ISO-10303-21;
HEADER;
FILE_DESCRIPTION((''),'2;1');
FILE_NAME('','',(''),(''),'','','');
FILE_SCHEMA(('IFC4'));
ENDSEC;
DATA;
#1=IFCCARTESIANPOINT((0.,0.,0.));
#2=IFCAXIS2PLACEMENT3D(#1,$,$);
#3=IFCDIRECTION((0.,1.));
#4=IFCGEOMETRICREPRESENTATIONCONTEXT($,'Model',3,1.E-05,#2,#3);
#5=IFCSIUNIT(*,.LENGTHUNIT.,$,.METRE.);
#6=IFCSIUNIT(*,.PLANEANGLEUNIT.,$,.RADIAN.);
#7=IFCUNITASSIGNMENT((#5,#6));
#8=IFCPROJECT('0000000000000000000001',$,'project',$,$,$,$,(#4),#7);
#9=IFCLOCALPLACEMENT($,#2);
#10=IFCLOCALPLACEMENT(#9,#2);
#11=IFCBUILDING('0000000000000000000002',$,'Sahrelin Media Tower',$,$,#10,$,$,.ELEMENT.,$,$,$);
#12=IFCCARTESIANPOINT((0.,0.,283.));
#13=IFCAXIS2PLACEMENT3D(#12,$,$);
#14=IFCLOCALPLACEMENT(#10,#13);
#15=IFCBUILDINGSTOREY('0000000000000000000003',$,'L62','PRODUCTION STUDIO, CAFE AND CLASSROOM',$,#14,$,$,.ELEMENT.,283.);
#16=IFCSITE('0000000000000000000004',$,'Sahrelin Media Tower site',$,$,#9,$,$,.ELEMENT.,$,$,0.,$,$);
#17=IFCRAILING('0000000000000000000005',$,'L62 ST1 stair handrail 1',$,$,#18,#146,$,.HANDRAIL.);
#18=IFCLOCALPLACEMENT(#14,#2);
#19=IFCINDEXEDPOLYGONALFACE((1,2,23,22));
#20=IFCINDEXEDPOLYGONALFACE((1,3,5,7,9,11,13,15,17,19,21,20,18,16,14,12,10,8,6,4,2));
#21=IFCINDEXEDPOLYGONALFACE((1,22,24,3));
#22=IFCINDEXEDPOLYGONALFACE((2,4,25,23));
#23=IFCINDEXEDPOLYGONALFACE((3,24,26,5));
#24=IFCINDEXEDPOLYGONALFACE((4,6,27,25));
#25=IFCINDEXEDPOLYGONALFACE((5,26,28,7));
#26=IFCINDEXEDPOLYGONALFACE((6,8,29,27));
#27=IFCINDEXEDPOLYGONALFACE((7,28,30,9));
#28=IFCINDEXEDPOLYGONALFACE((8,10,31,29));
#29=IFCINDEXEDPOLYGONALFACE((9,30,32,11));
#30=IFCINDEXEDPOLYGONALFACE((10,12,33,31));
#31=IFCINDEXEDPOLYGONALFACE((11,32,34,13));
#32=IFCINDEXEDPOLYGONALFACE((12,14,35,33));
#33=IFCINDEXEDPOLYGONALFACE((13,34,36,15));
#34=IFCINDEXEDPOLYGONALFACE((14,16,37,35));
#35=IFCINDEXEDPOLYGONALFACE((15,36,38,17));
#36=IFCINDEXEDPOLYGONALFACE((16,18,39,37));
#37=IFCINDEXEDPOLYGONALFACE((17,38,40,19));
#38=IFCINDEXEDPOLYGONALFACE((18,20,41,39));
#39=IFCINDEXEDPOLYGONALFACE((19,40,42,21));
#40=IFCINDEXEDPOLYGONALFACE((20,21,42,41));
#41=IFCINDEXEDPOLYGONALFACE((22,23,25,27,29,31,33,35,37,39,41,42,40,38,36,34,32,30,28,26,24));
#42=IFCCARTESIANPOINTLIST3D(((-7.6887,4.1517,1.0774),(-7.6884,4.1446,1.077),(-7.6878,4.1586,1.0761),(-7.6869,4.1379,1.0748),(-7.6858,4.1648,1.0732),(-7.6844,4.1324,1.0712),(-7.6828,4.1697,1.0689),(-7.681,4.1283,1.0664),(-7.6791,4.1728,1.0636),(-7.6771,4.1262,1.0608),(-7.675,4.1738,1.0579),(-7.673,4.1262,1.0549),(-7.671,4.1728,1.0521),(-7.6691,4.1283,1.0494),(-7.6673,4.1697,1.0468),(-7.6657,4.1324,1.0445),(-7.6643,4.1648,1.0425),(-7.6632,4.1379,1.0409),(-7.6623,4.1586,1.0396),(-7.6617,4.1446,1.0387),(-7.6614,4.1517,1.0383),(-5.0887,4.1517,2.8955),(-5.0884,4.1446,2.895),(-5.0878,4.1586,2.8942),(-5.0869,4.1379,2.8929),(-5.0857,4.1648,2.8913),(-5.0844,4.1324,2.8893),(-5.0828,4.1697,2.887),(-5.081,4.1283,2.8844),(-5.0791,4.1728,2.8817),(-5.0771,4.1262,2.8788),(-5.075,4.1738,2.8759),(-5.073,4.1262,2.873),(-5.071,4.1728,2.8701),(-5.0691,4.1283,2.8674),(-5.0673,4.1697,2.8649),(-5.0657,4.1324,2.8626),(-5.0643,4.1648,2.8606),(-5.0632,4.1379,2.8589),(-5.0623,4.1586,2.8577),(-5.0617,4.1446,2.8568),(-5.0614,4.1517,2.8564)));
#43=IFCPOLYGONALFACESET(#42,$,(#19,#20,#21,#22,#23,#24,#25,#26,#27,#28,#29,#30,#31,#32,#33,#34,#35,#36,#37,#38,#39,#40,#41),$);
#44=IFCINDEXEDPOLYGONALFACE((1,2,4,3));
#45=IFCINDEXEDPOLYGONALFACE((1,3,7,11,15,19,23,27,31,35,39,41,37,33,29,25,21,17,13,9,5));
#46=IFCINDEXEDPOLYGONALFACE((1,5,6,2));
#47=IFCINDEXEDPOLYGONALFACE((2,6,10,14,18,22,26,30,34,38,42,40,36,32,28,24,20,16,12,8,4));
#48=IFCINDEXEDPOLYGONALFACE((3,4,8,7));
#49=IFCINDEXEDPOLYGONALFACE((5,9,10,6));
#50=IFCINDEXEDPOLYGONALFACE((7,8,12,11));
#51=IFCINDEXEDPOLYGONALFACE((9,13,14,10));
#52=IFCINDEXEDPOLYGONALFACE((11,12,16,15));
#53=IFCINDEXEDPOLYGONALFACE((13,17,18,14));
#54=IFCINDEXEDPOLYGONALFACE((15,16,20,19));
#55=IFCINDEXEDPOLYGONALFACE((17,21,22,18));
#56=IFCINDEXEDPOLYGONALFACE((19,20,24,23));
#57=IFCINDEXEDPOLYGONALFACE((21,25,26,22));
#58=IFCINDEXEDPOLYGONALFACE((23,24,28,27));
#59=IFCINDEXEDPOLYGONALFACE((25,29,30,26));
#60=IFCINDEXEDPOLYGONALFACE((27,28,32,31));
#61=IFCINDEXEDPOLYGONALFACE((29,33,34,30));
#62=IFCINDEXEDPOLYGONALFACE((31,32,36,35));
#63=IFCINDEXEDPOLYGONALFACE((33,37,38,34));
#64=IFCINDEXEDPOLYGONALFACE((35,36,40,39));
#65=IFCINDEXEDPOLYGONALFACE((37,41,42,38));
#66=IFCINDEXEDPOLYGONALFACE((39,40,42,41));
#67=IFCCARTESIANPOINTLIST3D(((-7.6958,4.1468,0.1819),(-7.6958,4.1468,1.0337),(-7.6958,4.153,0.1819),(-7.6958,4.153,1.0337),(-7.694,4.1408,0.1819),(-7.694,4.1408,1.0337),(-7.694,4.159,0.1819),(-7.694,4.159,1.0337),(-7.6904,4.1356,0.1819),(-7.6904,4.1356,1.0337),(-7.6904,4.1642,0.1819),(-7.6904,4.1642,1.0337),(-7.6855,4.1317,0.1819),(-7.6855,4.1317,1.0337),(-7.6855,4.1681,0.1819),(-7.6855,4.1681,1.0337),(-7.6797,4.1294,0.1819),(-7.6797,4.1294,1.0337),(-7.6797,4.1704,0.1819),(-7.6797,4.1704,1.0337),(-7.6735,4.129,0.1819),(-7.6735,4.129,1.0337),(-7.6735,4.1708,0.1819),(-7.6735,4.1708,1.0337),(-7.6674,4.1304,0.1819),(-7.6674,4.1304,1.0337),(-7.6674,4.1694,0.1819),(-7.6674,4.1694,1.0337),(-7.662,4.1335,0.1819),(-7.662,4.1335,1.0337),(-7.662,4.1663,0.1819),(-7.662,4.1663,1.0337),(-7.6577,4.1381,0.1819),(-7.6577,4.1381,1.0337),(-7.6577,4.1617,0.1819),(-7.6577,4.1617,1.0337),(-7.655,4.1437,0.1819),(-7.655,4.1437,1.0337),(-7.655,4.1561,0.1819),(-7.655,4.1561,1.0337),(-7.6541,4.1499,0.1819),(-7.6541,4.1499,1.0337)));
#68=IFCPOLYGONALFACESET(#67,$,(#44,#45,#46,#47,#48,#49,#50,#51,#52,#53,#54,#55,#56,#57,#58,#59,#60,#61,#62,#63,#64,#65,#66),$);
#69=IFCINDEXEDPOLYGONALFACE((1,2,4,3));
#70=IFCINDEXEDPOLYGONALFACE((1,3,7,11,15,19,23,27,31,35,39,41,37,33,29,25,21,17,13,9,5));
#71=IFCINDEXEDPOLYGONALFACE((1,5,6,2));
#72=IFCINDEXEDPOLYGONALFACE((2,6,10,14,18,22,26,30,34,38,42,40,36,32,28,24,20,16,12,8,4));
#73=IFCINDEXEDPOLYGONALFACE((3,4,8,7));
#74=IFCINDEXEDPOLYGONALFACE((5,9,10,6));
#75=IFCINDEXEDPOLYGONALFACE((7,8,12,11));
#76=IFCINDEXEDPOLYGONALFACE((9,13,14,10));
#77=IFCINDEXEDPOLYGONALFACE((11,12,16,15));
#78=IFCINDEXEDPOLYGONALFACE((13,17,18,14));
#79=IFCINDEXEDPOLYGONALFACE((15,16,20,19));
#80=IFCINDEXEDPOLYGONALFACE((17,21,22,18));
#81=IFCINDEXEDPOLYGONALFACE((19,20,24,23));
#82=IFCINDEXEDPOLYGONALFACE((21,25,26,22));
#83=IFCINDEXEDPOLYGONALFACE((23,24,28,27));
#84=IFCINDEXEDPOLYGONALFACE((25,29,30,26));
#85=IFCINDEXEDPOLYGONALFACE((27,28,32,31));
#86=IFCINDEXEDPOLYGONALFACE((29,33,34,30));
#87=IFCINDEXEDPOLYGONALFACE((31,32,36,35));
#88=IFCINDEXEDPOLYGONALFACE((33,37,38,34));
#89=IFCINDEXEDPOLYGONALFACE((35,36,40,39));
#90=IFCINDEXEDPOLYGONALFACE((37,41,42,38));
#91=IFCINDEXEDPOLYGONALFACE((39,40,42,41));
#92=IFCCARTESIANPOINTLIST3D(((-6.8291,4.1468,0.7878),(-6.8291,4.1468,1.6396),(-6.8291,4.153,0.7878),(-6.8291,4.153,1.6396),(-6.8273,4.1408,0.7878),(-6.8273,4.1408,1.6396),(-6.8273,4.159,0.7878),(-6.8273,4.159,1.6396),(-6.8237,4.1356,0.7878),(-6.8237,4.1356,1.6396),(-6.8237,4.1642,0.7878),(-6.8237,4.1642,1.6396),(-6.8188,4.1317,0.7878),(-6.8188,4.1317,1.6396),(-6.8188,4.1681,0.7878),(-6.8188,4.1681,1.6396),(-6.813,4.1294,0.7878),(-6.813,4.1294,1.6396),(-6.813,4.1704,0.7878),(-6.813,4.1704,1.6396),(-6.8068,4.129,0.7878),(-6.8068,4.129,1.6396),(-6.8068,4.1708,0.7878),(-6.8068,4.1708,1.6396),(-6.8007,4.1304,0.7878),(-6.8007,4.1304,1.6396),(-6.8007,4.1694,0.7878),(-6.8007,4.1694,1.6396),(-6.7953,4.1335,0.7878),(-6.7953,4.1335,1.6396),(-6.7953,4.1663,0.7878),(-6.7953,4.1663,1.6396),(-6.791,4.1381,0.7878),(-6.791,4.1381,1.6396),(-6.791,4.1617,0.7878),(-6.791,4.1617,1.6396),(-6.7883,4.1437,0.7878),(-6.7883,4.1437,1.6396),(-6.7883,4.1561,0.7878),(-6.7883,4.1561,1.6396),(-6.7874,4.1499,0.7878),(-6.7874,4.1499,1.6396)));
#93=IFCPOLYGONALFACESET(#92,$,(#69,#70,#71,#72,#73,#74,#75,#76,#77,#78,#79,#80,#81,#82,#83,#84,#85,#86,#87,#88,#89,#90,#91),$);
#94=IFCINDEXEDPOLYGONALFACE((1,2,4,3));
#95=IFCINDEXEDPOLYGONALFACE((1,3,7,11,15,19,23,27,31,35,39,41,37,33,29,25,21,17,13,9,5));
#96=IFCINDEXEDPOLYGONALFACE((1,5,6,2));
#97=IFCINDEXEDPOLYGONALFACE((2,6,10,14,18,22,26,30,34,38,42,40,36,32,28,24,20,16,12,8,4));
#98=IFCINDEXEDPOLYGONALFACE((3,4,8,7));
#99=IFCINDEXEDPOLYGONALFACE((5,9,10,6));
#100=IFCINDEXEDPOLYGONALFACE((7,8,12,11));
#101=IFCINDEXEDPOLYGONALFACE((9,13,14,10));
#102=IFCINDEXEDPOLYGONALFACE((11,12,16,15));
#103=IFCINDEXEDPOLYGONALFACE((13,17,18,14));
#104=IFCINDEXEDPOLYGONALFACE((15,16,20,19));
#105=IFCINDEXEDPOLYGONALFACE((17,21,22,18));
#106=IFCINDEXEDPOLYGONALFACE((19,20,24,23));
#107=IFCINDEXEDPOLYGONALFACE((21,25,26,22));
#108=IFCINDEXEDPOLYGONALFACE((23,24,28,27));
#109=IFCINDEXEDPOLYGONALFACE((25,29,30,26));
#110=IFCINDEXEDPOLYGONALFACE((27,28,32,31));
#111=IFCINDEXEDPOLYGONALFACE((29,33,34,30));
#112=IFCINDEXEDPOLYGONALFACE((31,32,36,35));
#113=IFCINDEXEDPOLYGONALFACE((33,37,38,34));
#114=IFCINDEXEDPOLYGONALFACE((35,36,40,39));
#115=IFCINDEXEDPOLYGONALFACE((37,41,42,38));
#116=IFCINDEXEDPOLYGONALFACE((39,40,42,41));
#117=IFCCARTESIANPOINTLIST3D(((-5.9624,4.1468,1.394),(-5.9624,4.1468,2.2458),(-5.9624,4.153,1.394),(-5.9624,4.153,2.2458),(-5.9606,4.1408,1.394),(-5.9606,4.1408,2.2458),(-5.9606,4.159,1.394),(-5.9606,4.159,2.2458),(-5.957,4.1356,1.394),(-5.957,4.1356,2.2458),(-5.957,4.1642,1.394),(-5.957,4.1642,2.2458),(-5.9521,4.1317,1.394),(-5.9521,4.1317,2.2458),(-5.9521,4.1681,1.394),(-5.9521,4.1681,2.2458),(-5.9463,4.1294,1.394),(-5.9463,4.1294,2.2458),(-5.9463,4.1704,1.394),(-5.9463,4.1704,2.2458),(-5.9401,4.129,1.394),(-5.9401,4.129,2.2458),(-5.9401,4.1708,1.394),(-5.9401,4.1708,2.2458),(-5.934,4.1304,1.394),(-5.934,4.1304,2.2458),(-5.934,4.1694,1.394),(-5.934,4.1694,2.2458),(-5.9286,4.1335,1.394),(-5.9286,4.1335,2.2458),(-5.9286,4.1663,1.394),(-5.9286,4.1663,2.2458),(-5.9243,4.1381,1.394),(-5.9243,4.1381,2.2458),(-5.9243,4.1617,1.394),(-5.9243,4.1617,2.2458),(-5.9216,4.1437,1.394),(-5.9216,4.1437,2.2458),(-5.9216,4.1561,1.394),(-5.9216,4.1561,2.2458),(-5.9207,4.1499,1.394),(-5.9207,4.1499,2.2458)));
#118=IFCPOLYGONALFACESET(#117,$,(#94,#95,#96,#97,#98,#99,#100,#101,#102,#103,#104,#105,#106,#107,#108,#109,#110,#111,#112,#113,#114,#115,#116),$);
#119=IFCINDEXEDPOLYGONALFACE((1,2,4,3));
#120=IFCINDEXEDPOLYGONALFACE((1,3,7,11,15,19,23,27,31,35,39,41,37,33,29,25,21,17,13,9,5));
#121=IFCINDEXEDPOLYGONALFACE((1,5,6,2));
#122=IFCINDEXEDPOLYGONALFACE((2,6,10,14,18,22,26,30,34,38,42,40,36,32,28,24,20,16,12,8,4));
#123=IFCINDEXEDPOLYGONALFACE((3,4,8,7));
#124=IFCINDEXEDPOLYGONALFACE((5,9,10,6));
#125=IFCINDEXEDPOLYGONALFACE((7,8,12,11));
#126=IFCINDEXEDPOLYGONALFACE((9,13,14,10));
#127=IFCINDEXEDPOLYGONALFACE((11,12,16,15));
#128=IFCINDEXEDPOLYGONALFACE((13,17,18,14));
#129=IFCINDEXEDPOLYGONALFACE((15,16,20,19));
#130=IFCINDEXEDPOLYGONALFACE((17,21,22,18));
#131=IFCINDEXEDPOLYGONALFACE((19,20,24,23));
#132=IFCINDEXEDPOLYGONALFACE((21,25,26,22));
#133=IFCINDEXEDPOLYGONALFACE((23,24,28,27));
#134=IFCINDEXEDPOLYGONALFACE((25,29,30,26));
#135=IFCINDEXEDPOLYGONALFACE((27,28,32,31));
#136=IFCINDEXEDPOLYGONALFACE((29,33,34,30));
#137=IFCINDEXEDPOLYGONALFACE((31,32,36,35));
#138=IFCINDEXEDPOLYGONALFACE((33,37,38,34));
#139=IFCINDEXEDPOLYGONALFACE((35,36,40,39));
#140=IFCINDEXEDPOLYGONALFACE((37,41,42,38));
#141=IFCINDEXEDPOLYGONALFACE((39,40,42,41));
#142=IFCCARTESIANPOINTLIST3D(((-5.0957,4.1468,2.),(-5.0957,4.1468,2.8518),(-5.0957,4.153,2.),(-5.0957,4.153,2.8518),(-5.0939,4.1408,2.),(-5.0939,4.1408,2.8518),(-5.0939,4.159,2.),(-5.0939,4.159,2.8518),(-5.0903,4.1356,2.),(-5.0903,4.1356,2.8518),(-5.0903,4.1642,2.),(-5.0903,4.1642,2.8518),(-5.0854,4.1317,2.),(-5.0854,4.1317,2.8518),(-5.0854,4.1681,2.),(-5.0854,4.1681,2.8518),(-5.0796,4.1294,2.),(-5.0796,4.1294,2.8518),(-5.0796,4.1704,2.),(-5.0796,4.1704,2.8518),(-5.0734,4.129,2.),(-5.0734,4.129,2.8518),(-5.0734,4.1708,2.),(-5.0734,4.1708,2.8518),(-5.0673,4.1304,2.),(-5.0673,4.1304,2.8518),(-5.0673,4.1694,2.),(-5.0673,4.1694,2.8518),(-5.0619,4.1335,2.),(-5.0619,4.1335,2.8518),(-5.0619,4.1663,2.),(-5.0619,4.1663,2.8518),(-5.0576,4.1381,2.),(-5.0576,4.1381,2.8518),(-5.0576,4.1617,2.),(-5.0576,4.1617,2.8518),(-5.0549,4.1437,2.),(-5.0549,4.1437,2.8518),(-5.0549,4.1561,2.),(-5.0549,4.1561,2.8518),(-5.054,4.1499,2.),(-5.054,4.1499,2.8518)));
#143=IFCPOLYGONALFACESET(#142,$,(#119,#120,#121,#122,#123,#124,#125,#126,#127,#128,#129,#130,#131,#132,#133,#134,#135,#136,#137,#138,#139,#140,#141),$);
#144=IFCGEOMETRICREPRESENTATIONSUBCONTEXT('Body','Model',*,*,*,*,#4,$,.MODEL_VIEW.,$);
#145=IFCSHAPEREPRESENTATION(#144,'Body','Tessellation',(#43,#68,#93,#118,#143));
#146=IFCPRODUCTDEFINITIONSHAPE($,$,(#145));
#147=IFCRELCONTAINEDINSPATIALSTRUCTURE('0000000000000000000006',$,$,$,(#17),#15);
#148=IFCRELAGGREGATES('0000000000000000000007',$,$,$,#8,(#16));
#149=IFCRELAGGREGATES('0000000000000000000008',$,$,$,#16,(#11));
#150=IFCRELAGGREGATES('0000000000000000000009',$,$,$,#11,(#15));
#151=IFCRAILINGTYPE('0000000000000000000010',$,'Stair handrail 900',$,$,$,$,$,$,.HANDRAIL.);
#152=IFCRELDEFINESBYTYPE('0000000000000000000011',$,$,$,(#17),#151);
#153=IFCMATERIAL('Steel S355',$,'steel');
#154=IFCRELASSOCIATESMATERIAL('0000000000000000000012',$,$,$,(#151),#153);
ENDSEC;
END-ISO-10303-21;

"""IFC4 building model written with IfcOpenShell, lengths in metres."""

from ifc_helpers import new_model, si_unit, direction, frame, origin, origin_2d, place, context, subcontext, project, spatial, circle, extrude, material, type_object, element, save


model = new_model("IFC4")

# Units and contexts
model_context = context("Model", 3, precision=1e-05, world=origin(), true_north=direction((0.0, 1.0)))
body_context = subcontext(model_context, "Body", "Model", "MODEL_VIEW")
ifc_project = project(units=[si_unit("LENGTHUNIT", "METRE"), si_unit("PLANEANGLEUNIT", "RADIAN")], contexts=[model_context])

# Site, building, storey
site_placement = place(None, origin())
site = spatial("IfcSite", under=ifc_project, at=site_placement, Name="Sahrelin Media Tower site", CompositionType="ELEMENT", RefElevation=0.0)
building_placement = place(site_placement, origin())
building = spatial("IfcBuilding", under=site, at=building_placement, Name="Sahrelin Media Tower", CompositionType="ELEMENT")
storey_placement = place(building_placement, frame((0.0, 0.0, 283.0)))
storey = spatial("IfcBuildingStorey", under=building, at=storey_placement, Name="L62", Description="PRODUCTION STUDIO, CAFE AND CLASSROOM", CompositionType="ELEMENT", Elevation=283.0)

# Shared definitions
ifc_material_1 = material(Name="Steel S355", Category="steel")

# Railing
railing_type_1 = type_object("IfcRailingType", Name="Stair handrail 900", PredefinedType="HANDRAIL", material=ifc_material_1)
railing_1_placement = place(storey_placement, frame((-7.675, 4.1499, 0.1819)))
element("IfcRailing", 1, at=railing_1_placement, inside=storey, type_object=railing_type_1, Name="L62 ST1 stair handrail 1", PredefinedType="HANDRAIL", context=body_context, shape_type="SweptSolid", body=[
    extrude(circle(Radius=0.0239, at=origin_2d()), frame((0.0, 0.0, 0.876), z_axis=(0.819521, 0.0, 0.573049), x_axis=(0.0, 1.0, 0.0)), (0.0, 0.0, 1.0), 3.1726),
    extrude(circle(Radius=0.021, at=origin_2d()), origin(), (0.0, 0.0, 1.0), 0.8518),
    extrude(circle(Radius=0.021, at=origin_2d()), frame((0.8667, 0.0, 0.606)), (0.0, 0.0, 1.0), 0.8518),
    extrude(circle(Radius=0.021, at=origin_2d()), frame((1.7334, 0.0, 1.2122)), (0.0, 0.0, 1.0), 0.8518),
    extrude(circle(Radius=0.021, at=origin_2d()), frame((2.6001, 0.0, 1.8181)), (0.0, 0.0, 1.0), 0.8518),
])

save(model, "model.ifc")
